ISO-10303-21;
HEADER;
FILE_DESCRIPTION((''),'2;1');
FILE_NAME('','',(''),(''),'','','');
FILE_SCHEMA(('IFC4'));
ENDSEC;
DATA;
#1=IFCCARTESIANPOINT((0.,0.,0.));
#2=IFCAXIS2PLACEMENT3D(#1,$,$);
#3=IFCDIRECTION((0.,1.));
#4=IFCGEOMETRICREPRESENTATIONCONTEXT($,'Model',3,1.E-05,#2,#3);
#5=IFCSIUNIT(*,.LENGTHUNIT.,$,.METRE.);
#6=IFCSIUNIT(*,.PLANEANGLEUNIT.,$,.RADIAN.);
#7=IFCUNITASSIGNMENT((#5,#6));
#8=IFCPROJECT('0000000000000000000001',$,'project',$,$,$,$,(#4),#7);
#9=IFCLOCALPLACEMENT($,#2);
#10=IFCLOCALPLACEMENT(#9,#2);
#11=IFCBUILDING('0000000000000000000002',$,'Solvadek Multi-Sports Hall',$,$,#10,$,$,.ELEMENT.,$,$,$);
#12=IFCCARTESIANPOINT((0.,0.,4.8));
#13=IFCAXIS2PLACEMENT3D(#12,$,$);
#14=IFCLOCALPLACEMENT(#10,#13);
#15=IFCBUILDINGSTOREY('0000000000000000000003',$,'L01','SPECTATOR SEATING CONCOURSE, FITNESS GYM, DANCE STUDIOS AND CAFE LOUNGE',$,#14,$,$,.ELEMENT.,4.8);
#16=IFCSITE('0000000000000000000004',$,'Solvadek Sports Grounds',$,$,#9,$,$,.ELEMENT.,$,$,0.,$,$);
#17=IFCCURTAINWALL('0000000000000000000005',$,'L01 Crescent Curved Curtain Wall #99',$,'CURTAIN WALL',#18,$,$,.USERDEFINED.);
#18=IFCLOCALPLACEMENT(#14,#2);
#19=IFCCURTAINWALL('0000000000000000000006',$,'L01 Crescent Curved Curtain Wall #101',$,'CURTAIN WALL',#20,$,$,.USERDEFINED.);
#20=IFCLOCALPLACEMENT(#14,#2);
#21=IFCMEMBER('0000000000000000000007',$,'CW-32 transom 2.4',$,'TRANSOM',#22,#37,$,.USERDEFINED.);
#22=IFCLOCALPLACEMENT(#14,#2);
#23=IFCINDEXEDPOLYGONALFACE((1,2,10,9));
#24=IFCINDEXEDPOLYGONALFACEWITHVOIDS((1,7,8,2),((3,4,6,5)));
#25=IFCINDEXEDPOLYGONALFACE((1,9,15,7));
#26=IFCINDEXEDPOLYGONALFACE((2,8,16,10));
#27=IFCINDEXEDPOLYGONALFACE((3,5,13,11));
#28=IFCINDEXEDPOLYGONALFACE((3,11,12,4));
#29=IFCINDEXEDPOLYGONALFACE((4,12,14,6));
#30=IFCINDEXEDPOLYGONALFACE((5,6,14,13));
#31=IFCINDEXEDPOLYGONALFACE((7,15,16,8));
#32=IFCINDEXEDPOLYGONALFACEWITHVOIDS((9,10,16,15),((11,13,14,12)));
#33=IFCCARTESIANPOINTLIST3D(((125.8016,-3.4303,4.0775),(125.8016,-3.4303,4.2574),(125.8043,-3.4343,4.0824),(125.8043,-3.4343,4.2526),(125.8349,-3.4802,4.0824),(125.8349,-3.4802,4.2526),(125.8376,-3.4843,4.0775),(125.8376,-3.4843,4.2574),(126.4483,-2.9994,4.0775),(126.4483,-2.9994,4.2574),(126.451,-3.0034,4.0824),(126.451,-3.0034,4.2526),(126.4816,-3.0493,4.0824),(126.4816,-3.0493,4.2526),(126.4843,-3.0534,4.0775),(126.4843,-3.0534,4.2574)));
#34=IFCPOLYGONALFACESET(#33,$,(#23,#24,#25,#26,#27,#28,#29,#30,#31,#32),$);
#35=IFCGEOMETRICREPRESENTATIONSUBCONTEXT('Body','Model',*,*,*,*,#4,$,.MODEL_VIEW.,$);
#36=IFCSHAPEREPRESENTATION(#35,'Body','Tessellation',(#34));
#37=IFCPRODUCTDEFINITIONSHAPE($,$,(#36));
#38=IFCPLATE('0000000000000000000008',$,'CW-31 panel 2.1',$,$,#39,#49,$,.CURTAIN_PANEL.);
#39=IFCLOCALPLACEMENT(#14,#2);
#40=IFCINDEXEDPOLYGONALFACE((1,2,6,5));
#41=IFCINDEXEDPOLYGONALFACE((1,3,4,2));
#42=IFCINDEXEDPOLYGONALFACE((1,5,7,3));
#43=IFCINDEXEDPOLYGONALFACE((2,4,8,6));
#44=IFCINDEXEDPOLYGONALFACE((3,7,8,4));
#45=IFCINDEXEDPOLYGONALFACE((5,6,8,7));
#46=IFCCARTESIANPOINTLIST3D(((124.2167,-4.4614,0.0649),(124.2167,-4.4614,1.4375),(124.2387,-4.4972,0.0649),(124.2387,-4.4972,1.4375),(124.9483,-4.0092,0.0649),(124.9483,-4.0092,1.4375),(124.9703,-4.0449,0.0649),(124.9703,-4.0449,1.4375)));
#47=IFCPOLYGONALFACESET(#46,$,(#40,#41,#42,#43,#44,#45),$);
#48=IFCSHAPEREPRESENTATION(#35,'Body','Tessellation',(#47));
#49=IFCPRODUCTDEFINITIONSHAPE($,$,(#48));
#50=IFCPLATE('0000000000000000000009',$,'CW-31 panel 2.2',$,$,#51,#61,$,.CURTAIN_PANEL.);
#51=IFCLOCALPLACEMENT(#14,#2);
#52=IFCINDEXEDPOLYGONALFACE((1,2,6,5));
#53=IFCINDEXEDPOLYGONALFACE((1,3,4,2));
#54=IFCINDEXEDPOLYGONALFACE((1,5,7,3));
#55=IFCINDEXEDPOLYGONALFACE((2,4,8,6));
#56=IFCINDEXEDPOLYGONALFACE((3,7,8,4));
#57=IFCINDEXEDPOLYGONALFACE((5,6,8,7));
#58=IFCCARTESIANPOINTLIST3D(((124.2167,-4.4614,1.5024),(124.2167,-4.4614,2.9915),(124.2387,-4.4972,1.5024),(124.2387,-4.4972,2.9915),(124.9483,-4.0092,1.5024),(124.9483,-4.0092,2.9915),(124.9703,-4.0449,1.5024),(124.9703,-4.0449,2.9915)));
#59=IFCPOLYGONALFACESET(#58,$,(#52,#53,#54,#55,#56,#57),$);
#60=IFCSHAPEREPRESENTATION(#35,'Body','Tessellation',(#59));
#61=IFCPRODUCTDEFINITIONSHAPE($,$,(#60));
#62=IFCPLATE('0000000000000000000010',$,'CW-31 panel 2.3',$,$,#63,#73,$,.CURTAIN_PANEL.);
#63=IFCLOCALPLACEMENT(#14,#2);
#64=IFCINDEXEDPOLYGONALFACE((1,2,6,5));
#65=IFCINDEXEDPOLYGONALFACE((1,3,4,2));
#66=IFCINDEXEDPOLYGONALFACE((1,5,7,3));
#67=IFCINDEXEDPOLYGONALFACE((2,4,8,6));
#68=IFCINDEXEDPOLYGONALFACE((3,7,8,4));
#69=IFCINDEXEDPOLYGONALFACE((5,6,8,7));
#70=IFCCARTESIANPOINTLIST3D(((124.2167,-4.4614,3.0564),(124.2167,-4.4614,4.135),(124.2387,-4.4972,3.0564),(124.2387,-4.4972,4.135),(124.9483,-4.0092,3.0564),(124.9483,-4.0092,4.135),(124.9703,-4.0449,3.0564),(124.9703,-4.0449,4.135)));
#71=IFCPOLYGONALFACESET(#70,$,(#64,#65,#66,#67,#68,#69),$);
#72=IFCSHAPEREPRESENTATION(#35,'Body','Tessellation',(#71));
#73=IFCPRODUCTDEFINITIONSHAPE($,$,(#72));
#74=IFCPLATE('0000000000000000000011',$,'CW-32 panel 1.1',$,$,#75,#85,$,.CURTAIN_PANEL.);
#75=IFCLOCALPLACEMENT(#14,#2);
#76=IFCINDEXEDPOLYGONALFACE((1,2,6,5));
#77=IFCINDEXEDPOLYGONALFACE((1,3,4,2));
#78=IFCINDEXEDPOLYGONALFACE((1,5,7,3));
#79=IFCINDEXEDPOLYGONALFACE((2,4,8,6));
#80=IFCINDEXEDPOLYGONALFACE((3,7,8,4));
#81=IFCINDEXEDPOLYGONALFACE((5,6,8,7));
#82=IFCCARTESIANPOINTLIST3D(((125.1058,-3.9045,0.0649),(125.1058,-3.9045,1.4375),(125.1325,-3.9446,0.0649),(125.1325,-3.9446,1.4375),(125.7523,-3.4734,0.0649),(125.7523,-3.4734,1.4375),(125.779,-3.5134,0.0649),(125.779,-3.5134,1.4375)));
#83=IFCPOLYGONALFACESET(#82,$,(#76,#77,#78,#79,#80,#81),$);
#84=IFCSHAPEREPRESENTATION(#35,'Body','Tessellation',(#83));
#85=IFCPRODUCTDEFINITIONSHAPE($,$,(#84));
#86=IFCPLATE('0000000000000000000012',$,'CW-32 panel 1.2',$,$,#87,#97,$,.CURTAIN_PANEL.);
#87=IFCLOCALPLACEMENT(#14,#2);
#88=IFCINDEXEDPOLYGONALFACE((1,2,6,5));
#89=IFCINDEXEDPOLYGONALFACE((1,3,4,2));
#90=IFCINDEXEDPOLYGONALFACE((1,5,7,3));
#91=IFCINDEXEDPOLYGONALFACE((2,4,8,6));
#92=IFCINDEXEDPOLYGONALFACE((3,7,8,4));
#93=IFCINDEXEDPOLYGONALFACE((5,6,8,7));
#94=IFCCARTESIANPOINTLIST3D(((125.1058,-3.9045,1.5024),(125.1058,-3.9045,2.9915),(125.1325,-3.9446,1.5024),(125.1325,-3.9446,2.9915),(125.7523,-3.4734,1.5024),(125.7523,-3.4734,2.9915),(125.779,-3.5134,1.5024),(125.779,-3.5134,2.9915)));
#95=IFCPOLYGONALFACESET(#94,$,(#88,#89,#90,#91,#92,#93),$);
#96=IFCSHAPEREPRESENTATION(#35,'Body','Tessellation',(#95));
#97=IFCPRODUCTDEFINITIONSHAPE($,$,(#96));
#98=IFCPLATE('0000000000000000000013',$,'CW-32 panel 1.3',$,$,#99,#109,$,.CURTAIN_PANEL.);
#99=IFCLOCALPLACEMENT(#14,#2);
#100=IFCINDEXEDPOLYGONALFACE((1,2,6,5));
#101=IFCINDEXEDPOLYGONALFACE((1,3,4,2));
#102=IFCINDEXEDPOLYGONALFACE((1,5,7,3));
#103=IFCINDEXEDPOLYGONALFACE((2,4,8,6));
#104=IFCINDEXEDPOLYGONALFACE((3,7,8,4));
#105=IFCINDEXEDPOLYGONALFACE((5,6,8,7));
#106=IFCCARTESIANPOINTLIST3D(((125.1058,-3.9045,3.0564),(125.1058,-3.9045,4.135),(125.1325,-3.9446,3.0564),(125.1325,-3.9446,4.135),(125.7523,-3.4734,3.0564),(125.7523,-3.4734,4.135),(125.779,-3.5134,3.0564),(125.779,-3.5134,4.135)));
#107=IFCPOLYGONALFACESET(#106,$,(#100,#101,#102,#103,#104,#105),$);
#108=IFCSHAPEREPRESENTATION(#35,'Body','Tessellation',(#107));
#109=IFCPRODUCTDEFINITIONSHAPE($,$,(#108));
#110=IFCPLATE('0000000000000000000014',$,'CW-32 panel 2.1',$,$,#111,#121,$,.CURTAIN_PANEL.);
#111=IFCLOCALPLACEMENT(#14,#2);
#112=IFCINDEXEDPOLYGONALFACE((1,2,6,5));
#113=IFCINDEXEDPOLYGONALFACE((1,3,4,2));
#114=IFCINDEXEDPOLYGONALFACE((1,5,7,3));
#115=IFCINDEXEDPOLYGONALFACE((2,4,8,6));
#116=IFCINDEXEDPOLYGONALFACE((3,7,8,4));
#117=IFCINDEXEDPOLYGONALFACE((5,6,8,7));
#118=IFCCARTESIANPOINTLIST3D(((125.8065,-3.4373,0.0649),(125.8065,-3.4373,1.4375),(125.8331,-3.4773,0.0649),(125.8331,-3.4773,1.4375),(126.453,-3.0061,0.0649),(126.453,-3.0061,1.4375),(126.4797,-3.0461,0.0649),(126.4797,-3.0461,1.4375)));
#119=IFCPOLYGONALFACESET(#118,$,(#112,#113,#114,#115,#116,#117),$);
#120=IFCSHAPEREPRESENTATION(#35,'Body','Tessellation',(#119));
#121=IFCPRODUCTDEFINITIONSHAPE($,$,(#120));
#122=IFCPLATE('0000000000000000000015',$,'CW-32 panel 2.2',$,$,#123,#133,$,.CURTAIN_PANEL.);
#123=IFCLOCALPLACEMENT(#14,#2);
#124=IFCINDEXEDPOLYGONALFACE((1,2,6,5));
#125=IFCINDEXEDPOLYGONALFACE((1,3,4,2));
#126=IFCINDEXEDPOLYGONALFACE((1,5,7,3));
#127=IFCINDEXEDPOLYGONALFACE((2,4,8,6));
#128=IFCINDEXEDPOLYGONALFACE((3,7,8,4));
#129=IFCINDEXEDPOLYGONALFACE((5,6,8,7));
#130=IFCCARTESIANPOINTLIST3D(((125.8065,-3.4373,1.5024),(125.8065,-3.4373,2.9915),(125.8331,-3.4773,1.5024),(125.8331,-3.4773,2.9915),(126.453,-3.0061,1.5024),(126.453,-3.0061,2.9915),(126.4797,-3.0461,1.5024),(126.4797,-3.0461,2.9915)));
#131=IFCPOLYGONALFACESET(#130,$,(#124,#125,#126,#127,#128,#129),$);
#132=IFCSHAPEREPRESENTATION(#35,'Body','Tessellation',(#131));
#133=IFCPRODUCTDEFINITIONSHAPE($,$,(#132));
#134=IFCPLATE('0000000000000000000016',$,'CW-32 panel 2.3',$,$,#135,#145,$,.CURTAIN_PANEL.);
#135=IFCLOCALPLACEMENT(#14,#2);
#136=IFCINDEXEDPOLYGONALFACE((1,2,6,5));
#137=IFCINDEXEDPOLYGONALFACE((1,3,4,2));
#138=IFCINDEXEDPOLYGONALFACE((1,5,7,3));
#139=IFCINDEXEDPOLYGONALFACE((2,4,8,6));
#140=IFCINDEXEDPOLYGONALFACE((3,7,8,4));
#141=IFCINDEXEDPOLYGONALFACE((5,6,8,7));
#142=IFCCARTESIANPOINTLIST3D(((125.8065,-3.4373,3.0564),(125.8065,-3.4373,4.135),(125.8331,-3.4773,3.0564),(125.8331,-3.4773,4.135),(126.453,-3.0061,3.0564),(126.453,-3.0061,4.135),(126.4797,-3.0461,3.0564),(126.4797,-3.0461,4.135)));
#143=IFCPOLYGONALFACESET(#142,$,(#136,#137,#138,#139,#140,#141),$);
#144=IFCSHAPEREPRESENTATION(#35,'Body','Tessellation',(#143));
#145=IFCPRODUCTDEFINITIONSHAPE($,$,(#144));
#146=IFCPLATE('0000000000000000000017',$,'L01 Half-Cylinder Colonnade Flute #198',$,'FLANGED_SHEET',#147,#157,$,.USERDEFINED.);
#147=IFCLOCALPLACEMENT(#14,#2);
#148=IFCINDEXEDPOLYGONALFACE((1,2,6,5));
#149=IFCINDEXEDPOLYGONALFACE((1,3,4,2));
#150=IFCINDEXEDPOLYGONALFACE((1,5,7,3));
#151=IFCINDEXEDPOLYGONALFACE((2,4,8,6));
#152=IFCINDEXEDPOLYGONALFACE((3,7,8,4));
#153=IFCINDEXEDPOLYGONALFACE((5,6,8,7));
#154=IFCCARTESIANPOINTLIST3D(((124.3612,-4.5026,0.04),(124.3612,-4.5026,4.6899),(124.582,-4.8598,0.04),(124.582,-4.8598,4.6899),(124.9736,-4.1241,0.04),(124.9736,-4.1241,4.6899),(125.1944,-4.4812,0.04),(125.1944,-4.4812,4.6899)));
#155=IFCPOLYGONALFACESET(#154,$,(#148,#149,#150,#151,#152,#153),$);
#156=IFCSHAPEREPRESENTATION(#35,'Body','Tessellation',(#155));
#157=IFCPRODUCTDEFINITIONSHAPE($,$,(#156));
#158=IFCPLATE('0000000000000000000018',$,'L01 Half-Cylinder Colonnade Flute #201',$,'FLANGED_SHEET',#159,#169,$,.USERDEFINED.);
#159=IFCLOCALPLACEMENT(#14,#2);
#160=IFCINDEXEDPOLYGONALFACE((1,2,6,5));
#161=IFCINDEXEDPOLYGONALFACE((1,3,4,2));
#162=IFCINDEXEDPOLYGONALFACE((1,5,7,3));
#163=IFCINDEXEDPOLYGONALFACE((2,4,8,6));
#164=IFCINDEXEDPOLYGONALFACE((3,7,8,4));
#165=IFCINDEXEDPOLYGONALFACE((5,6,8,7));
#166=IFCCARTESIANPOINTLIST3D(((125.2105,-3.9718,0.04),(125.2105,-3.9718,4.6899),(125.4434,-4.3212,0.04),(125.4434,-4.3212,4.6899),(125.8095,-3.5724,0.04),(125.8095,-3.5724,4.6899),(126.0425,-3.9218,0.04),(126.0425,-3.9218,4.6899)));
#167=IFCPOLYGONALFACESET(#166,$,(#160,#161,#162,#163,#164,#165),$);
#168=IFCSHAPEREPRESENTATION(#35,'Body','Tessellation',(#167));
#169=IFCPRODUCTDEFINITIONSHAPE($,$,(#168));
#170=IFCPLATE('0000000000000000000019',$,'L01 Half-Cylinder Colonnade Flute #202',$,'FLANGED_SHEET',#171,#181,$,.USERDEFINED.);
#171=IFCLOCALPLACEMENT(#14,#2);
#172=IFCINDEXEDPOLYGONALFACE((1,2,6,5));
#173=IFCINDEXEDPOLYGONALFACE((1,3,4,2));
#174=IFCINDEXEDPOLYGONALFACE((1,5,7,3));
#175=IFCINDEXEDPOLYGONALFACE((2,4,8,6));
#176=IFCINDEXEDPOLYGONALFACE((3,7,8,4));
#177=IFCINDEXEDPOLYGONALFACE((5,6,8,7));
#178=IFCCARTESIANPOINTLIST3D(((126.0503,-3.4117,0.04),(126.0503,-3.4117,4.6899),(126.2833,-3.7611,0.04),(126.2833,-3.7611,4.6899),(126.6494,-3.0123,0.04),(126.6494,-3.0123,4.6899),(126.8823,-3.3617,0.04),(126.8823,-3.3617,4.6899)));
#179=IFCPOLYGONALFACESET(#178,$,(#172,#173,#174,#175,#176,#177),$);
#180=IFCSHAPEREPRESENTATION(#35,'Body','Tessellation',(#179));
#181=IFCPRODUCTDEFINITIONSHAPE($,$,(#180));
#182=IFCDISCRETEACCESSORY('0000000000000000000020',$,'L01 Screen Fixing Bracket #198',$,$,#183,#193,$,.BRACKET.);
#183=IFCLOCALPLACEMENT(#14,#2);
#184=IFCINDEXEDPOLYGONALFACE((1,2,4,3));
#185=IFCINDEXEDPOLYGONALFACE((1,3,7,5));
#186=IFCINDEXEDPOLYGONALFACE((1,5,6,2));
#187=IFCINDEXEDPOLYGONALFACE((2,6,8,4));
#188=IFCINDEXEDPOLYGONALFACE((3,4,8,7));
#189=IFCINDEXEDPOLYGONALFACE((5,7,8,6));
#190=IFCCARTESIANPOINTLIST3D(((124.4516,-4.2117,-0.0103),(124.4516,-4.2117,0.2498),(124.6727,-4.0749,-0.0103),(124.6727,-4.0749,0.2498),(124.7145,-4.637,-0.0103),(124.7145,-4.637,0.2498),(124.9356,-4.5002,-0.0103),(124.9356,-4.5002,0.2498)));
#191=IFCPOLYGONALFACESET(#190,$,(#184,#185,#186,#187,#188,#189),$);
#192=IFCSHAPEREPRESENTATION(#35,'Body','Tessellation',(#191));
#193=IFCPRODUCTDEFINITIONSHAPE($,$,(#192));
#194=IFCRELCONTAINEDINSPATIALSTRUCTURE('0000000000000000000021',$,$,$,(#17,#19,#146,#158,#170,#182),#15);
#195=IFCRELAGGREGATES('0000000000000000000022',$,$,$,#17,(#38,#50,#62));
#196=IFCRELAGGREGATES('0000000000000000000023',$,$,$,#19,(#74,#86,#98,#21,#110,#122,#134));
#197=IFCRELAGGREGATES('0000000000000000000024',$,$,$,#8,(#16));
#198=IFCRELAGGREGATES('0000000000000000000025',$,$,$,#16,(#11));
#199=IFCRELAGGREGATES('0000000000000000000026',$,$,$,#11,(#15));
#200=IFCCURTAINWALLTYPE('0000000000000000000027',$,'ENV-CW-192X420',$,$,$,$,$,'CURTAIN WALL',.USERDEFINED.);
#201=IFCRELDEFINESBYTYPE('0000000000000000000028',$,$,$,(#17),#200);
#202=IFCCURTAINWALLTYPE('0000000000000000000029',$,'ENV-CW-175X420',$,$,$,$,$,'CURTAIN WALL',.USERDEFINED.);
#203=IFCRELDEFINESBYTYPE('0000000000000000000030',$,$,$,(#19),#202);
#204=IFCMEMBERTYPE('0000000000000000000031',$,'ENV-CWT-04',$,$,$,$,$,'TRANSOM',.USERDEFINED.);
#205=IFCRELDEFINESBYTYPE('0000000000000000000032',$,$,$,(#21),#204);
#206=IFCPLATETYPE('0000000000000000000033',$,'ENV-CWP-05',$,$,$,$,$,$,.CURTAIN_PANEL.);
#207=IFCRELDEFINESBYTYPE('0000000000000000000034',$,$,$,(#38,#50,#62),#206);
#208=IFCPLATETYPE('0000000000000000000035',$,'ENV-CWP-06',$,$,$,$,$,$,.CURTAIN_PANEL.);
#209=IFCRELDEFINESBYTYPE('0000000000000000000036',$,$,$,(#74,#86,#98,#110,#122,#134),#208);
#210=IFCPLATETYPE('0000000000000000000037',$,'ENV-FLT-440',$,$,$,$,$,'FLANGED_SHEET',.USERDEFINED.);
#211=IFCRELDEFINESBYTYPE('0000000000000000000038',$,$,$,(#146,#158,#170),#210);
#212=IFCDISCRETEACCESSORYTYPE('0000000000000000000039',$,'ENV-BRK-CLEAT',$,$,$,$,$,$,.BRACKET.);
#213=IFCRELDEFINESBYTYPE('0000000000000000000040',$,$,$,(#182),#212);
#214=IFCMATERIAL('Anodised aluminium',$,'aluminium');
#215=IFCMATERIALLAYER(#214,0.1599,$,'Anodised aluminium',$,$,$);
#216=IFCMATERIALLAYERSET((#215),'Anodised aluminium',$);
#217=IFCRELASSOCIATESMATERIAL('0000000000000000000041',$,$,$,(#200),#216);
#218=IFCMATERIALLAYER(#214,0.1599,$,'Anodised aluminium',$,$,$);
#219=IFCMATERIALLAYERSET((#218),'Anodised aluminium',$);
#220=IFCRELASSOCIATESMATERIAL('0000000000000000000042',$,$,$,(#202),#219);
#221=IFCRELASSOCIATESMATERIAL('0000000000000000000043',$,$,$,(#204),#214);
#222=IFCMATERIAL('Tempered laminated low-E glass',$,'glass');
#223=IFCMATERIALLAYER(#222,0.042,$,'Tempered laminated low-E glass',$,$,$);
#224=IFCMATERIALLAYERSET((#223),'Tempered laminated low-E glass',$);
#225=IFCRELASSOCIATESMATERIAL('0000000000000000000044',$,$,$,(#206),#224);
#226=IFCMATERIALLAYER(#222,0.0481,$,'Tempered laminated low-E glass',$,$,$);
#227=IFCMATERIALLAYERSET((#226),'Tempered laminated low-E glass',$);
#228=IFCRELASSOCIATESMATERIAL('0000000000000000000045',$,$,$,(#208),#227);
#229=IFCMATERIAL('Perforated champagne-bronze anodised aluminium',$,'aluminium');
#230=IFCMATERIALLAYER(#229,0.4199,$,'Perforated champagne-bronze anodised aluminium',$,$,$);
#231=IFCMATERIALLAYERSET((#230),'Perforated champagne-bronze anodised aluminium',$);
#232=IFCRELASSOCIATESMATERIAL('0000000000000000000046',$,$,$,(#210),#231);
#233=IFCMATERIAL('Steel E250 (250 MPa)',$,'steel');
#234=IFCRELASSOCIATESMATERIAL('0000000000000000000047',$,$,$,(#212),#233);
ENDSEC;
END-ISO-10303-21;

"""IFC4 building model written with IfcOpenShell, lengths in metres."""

from ifc_helpers import new_model, si_unit, direction, frame, origin, origin_2d, place, context, subcontext, project, spatial, rectangle, hollow_rectangle, extrude, material, layer, layer_set, material_profile, profile_set, type_object, element, aggregate, save


model = new_model("IFC4")

# Units and contexts
model_context = context("Model", 3, precision=1e-05, world=origin(), true_north=direction((0.0, 1.0)))
body_context = subcontext(model_context, "Body", "Model", "MODEL_VIEW")
ifc_project = project(units=[si_unit("LENGTHUNIT", "METRE"), si_unit("PLANEANGLEUNIT", "RADIAN")], contexts=[model_context])

# Site, building, storey
site_placement = place(None, origin())
site = spatial("IfcSite", under=ifc_project, at=site_placement, Name="Solvadek Sports Grounds", CompositionType="ELEMENT", RefElevation=0.0)
building_placement = place(site_placement, origin())
building = spatial("IfcBuilding", under=site, at=building_placement, Name="Solvadek Multi-Sports Hall", CompositionType="ELEMENT")
storey_placement = place(building_placement, frame((0.0, 0.0, 4.8)))
storey = spatial("IfcBuildingStorey", under=building, at=storey_placement, Name="L01", Description="SPECTATOR SEATING CONCOURSE, FITNESS GYM, DANCE STUDIOS AND CAFE LOUNGE", CompositionType="ELEMENT", Elevation=4.8)

# Curtain wall
ifc_material_1 = material(Name="Anodised aluminium", Category="aluminium")
ifc_layer_1 = layer(ifc_material_1, 0.1599, Name="Anodised aluminium")
ifc_layer_set_1 = layer_set([ifc_layer_1], Name="Anodised aluminium")
curtain_wall_type_1 = type_object("IfcCurtainWallType", Name="ENV-CW-192X420", ElementType="CURTAIN WALL", PredefinedType="USERDEFINED", material=ifc_layer_set_1)
curtain_wall_1_placement = place(storey_placement, origin())
curtain_wall_1 = element("IfcCurtainWall", 1, at=curtain_wall_1_placement, inside=storey, type_object=curtain_wall_type_1, Name="L01 Crescent Curved Curtain Wall #99", ObjectType="CURTAIN WALL", PredefinedType="USERDEFINED")

# Curtain wall, member
ifc_layer_2 = layer(ifc_material_1, 0.1599, Name="Anodised aluminium")
ifc_layer_set_2 = layer_set([ifc_layer_2], Name="Anodised aluminium")
curtain_wall_type_2 = type_object("IfcCurtainWallType", Name="ENV-CW-175X420", ElementType="CURTAIN WALL", PredefinedType="USERDEFINED", material=ifc_layer_set_2)
curtain_wall_2_placement = place(storey_placement, origin())
curtain_wall_2 = element("IfcCurtainWall", 2, at=curtain_wall_2_placement, inside=storey, type_object=curtain_wall_type_2, Name="L01 Crescent Curved Curtain Wall #101", ObjectType="CURTAIN WALL", PredefinedType="USERDEFINED")
ifc_material_profile_1 = material_profile(ifc_material_1, hollow_rectangle(XDim=0.0649, YDim=0.1799, WallThickness=0.0049, at=origin_2d()), Name="ALU-T 180x65x5")
ifc_profile_set_1 = profile_set([ifc_material_profile_1], Name="Anodised aluminium")
member_type_1 = type_object("IfcMemberType", Name="ENV-CWT-04", ElementType="TRANSOM", PredefinedType="USERDEFINED", material=ifc_profile_set_1)
member_1_placement = place(storey_placement, frame((125.8196, -3.4573, 4.1675), z_axis=(0.832195, 0.554483, 0.0), x_axis=(-0.554483, 0.832195, 0.0)))
member_1 = element("IfcMember", 3, at=member_1_placement, type_object=member_type_1, Name="CW-32 transom 2.4", ObjectType="TRANSOM", PredefinedType="USERDEFINED", context=body_context, shape_type="SweptSolid", body=[
    extrude(hollow_rectangle(XDim=0.0649, YDim=0.1799, WallThickness=0.0049, at=origin_2d()), origin(), (0.0, 0.0, 1.0), 0.7771),
])

# Plates
ifc_material_2 = material(Name="Tempered laminated low-E glass", Category="glass")
ifc_layer_3 = layer(ifc_material_2, 0.042, Name="Tempered laminated low-E glass")
ifc_layer_set_3 = layer_set([ifc_layer_3], Name="Tempered laminated low-E glass")
plate_type_1 = type_object("IfcPlateType", Name="ENV-CWP-05", PredefinedType="CURTAIN_PANEL", material=ifc_layer_set_3)
plate_1_placement = place(storey_placement, frame((124.5935, -4.2532, 0.0649), z_axis=(0.0, 0.0, 1.0), x_axis=(0.850599, 0.525815, 0.0)))
plate_1 = element("IfcPlate", 4, at=plate_1_placement, type_object=plate_type_1, Name="CW-31 panel 2.1", PredefinedType="CURTAIN_PANEL", context=body_context, shape_type="SweptSolid", body=[
    extrude(rectangle(XDim=0.8601, YDim=0.042, at=origin_2d()), origin(), (0.0, 0.0, 1.0), 1.3726),
])
plate_2_placement = place(storey_placement, frame((124.5935, -4.2532, 1.5024), z_axis=(0.0, 0.0, 1.0), x_axis=(0.850599, 0.525815, 0.0)))
plate_2 = element("IfcPlate", 5, at=plate_2_placement, type_object=plate_type_1, Name="CW-31 panel 2.2", PredefinedType="CURTAIN_PANEL", context=body_context, shape_type="SweptSolid", body=[
    extrude(rectangle(XDim=0.8601, YDim=0.042, at=origin_2d()), origin(), (0.0, 0.0, 1.0), 1.489),
])
plate_3_placement = place(storey_placement, frame((124.5935, -4.2532, 3.0564), z_axis=(0.0, 0.0, 1.0), x_axis=(0.850599, 0.525815, 0.0)))
plate_3 = element("IfcPlate", 6, at=plate_3_placement, type_object=plate_type_1, Name="CW-31 panel 2.3", PredefinedType="CURTAIN_PANEL", context=body_context, shape_type="SweptSolid", body=[
    extrude(rectangle(XDim=0.8601, YDim=0.042, at=origin_2d()), origin(), (0.0, 0.0, 1.0), 1.0786),
])
aggregate(curtain_wall_1, [plate_1, plate_2, plate_3])
ifc_layer_4 = layer(ifc_material_2, 0.0481, Name="Tempered laminated low-E glass")
ifc_layer_set_4 = layer_set([ifc_layer_4], Name="Tempered laminated low-E glass")
plate_type_2 = type_object("IfcPlateType", Name="ENV-CWP-06", PredefinedType="CURTAIN_PANEL", material=ifc_layer_set_4)
plate_4_placement = place(storey_placement, frame((125.4424, -3.709, 0.0649), z_axis=(0.0, 0.0, 1.0), x_axis=(0.831998, 0.554779, 0.0)))
plate_4 = element("IfcPlate", 7, at=plate_4_placement, type_object=plate_type_2, Name="CW-32 panel 1.1", PredefinedType="CURTAIN_PANEL", context=body_context, shape_type="SweptSolid", body=[
    extrude(rectangle(XDim=0.7771, YDim=0.0481, at=origin_2d()), origin(), (0.0, 0.0, 1.0), 1.3726),
])
plate_5_placement = place(storey_placement, frame((125.4424, -3.709, 1.5024), z_axis=(0.0, 0.0, 1.0), x_axis=(0.831998, 0.554779, 0.0)))
plate_5 = element("IfcPlate", 8, at=plate_5_placement, type_object=plate_type_2, Name="CW-32 panel 1.2", PredefinedType="CURTAIN_PANEL", context=body_context, shape_type="SweptSolid", body=[
    extrude(rectangle(XDim=0.7771, YDim=0.0481, at=origin_2d()), origin(), (0.0, 0.0, 1.0), 1.489),
])
plate_6_placement = place(storey_placement, frame((125.4424, -3.709, 3.0564), z_axis=(0.0, 0.0, 1.0), x_axis=(0.831998, 0.554779, 0.0)))
plate_6 = element("IfcPlate", 9, at=plate_6_placement, type_object=plate_type_2, Name="CW-32 panel 1.3", PredefinedType="CURTAIN_PANEL", context=body_context, shape_type="SweptSolid", body=[
    extrude(rectangle(XDim=0.7771, YDim=0.0481, at=origin_2d()), origin(), (0.0, 0.0, 1.0), 1.0786),
])
plate_7_placement = place(storey_placement, frame((126.1431, -3.2417, 0.0649), z_axis=(0.0, 0.0, 1.0), x_axis=(0.831998, 0.554779, 0.0)))
plate_7 = element("IfcPlate", 10, at=plate_7_placement, type_object=plate_type_2, Name="CW-32 panel 2.1", PredefinedType="CURTAIN_PANEL", context=body_context, shape_type="SweptSolid", body=[
    extrude(rectangle(XDim=0.7771, YDim=0.0481, at=origin_2d()), origin(), (0.0, 0.0, 1.0), 1.3726),
])
plate_8_placement = place(storey_placement, frame((126.1431, -3.2417, 1.5024), z_axis=(0.0, 0.0, 1.0), x_axis=(0.831998, 0.554779, 0.0)))
plate_8 = element("IfcPlate", 11, at=plate_8_placement, type_object=plate_type_2, Name="CW-32 panel 2.2", PredefinedType="CURTAIN_PANEL", context=body_context, shape_type="SweptSolid", body=[
    extrude(rectangle(XDim=0.7771, YDim=0.0481, at=origin_2d()), origin(), (0.0, 0.0, 1.0), 1.489),
])
plate_9_placement = place(storey_placement, frame((126.1431, -3.2417, 3.0564), z_axis=(0.0, 0.0, 1.0), x_axis=(0.831998, 0.554779, 0.0)))
plate_9 = element("IfcPlate", 12, at=plate_9_placement, type_object=plate_type_2, Name="CW-32 panel 2.3", PredefinedType="CURTAIN_PANEL", context=body_context, shape_type="SweptSolid", body=[
    extrude(rectangle(XDim=0.7771, YDim=0.0481, at=origin_2d()), origin(), (0.0, 0.0, 1.0), 1.0786),
])
aggregate(curtain_wall_2, [plate_4, plate_5, plate_6, member_1, plate_7, plate_8, plate_9])

# Plates
ifc_material_3 = material(Name="Perforated champagne-bronze anodised aluminium", Category="aluminium")
ifc_layer_5 = layer(ifc_material_3, 0.4199, Name="Perforated champagne-bronze anodised aluminium")
ifc_layer_set_5 = layer_set([ifc_layer_5], Name="Perforated champagne-bronze anodised aluminium")
plate_type_3 = type_object("IfcPlateType", Name="ENV-FLT-440", ElementType="FLANGED_SHEET", PredefinedType="USERDEFINED", material=ifc_layer_set_5)
for number, where, z_axis, x_axis, name in (
    (13, (124.7778, -4.4919, 0.04), (0.0, 0.0, 1.0), (0.850582, 0.525842, 0.0), "L01 Half-Cylinder Colonnade Flute #198"),
    (14, (125.6265, -3.9468, 0.04), (0.0, 0.0, 1.0), (0.832027, 0.554734, 0.0), "L01 Half-Cylinder Colonnade Flute #201"),
    (15, (126.4663, -3.3867, 0.04), (0.0, 0.0, 1.0), (0.832027, 0.554734, 0.0), "L01 Half-Cylinder Colonnade Flute #202"),
):
    element("IfcPlate", number, at=place(storey_placement, frame(where, z_axis=z_axis, x_axis=x_axis)), inside=storey, type_object=plate_type_3, Name=name, ObjectType="FLANGED_SHEET", PredefinedType="USERDEFINED", context=body_context, shape_type="SweptSolid", body=[
        extrude(rectangle(XDim=0.72, YDim=0.4199, at=origin_2d()), origin(), (0.0, 0.0, 1.0), 4.6499),
    ])

# Discrete accessory
ifc_material_4 = material(Name="Steel E250 (250 MPa)", Category="steel")
discrete_accessory_type = type_object("IfcDiscreteAccessoryType", Name="ENV-BRK-CLEAT", PredefinedType="BRACKET", material=ifc_material_4)
for number, where, z_axis, x_axis, name in (
    (16, (124.6936, -4.356, -0.0103), (0.0, 0.0, 1.0), (0.850582, 0.525842, 0.0), "L01 Screen Fixing Bracket #198"),
):
    element("IfcDiscreteAccessory", number, at=place(storey_placement, frame(where, z_axis=z_axis, x_axis=x_axis)), inside=storey, type_object=discrete_accessory_type, Name=name, PredefinedType="BRACKET", context=body_context, shape_type="SweptSolid", body=[
        extrude(rectangle(XDim=0.26, YDim=0.5, at=origin_2d()), origin(), (0.0, 0.0, 1.0), 0.26),
    ])

save(model, "model.ifc")
